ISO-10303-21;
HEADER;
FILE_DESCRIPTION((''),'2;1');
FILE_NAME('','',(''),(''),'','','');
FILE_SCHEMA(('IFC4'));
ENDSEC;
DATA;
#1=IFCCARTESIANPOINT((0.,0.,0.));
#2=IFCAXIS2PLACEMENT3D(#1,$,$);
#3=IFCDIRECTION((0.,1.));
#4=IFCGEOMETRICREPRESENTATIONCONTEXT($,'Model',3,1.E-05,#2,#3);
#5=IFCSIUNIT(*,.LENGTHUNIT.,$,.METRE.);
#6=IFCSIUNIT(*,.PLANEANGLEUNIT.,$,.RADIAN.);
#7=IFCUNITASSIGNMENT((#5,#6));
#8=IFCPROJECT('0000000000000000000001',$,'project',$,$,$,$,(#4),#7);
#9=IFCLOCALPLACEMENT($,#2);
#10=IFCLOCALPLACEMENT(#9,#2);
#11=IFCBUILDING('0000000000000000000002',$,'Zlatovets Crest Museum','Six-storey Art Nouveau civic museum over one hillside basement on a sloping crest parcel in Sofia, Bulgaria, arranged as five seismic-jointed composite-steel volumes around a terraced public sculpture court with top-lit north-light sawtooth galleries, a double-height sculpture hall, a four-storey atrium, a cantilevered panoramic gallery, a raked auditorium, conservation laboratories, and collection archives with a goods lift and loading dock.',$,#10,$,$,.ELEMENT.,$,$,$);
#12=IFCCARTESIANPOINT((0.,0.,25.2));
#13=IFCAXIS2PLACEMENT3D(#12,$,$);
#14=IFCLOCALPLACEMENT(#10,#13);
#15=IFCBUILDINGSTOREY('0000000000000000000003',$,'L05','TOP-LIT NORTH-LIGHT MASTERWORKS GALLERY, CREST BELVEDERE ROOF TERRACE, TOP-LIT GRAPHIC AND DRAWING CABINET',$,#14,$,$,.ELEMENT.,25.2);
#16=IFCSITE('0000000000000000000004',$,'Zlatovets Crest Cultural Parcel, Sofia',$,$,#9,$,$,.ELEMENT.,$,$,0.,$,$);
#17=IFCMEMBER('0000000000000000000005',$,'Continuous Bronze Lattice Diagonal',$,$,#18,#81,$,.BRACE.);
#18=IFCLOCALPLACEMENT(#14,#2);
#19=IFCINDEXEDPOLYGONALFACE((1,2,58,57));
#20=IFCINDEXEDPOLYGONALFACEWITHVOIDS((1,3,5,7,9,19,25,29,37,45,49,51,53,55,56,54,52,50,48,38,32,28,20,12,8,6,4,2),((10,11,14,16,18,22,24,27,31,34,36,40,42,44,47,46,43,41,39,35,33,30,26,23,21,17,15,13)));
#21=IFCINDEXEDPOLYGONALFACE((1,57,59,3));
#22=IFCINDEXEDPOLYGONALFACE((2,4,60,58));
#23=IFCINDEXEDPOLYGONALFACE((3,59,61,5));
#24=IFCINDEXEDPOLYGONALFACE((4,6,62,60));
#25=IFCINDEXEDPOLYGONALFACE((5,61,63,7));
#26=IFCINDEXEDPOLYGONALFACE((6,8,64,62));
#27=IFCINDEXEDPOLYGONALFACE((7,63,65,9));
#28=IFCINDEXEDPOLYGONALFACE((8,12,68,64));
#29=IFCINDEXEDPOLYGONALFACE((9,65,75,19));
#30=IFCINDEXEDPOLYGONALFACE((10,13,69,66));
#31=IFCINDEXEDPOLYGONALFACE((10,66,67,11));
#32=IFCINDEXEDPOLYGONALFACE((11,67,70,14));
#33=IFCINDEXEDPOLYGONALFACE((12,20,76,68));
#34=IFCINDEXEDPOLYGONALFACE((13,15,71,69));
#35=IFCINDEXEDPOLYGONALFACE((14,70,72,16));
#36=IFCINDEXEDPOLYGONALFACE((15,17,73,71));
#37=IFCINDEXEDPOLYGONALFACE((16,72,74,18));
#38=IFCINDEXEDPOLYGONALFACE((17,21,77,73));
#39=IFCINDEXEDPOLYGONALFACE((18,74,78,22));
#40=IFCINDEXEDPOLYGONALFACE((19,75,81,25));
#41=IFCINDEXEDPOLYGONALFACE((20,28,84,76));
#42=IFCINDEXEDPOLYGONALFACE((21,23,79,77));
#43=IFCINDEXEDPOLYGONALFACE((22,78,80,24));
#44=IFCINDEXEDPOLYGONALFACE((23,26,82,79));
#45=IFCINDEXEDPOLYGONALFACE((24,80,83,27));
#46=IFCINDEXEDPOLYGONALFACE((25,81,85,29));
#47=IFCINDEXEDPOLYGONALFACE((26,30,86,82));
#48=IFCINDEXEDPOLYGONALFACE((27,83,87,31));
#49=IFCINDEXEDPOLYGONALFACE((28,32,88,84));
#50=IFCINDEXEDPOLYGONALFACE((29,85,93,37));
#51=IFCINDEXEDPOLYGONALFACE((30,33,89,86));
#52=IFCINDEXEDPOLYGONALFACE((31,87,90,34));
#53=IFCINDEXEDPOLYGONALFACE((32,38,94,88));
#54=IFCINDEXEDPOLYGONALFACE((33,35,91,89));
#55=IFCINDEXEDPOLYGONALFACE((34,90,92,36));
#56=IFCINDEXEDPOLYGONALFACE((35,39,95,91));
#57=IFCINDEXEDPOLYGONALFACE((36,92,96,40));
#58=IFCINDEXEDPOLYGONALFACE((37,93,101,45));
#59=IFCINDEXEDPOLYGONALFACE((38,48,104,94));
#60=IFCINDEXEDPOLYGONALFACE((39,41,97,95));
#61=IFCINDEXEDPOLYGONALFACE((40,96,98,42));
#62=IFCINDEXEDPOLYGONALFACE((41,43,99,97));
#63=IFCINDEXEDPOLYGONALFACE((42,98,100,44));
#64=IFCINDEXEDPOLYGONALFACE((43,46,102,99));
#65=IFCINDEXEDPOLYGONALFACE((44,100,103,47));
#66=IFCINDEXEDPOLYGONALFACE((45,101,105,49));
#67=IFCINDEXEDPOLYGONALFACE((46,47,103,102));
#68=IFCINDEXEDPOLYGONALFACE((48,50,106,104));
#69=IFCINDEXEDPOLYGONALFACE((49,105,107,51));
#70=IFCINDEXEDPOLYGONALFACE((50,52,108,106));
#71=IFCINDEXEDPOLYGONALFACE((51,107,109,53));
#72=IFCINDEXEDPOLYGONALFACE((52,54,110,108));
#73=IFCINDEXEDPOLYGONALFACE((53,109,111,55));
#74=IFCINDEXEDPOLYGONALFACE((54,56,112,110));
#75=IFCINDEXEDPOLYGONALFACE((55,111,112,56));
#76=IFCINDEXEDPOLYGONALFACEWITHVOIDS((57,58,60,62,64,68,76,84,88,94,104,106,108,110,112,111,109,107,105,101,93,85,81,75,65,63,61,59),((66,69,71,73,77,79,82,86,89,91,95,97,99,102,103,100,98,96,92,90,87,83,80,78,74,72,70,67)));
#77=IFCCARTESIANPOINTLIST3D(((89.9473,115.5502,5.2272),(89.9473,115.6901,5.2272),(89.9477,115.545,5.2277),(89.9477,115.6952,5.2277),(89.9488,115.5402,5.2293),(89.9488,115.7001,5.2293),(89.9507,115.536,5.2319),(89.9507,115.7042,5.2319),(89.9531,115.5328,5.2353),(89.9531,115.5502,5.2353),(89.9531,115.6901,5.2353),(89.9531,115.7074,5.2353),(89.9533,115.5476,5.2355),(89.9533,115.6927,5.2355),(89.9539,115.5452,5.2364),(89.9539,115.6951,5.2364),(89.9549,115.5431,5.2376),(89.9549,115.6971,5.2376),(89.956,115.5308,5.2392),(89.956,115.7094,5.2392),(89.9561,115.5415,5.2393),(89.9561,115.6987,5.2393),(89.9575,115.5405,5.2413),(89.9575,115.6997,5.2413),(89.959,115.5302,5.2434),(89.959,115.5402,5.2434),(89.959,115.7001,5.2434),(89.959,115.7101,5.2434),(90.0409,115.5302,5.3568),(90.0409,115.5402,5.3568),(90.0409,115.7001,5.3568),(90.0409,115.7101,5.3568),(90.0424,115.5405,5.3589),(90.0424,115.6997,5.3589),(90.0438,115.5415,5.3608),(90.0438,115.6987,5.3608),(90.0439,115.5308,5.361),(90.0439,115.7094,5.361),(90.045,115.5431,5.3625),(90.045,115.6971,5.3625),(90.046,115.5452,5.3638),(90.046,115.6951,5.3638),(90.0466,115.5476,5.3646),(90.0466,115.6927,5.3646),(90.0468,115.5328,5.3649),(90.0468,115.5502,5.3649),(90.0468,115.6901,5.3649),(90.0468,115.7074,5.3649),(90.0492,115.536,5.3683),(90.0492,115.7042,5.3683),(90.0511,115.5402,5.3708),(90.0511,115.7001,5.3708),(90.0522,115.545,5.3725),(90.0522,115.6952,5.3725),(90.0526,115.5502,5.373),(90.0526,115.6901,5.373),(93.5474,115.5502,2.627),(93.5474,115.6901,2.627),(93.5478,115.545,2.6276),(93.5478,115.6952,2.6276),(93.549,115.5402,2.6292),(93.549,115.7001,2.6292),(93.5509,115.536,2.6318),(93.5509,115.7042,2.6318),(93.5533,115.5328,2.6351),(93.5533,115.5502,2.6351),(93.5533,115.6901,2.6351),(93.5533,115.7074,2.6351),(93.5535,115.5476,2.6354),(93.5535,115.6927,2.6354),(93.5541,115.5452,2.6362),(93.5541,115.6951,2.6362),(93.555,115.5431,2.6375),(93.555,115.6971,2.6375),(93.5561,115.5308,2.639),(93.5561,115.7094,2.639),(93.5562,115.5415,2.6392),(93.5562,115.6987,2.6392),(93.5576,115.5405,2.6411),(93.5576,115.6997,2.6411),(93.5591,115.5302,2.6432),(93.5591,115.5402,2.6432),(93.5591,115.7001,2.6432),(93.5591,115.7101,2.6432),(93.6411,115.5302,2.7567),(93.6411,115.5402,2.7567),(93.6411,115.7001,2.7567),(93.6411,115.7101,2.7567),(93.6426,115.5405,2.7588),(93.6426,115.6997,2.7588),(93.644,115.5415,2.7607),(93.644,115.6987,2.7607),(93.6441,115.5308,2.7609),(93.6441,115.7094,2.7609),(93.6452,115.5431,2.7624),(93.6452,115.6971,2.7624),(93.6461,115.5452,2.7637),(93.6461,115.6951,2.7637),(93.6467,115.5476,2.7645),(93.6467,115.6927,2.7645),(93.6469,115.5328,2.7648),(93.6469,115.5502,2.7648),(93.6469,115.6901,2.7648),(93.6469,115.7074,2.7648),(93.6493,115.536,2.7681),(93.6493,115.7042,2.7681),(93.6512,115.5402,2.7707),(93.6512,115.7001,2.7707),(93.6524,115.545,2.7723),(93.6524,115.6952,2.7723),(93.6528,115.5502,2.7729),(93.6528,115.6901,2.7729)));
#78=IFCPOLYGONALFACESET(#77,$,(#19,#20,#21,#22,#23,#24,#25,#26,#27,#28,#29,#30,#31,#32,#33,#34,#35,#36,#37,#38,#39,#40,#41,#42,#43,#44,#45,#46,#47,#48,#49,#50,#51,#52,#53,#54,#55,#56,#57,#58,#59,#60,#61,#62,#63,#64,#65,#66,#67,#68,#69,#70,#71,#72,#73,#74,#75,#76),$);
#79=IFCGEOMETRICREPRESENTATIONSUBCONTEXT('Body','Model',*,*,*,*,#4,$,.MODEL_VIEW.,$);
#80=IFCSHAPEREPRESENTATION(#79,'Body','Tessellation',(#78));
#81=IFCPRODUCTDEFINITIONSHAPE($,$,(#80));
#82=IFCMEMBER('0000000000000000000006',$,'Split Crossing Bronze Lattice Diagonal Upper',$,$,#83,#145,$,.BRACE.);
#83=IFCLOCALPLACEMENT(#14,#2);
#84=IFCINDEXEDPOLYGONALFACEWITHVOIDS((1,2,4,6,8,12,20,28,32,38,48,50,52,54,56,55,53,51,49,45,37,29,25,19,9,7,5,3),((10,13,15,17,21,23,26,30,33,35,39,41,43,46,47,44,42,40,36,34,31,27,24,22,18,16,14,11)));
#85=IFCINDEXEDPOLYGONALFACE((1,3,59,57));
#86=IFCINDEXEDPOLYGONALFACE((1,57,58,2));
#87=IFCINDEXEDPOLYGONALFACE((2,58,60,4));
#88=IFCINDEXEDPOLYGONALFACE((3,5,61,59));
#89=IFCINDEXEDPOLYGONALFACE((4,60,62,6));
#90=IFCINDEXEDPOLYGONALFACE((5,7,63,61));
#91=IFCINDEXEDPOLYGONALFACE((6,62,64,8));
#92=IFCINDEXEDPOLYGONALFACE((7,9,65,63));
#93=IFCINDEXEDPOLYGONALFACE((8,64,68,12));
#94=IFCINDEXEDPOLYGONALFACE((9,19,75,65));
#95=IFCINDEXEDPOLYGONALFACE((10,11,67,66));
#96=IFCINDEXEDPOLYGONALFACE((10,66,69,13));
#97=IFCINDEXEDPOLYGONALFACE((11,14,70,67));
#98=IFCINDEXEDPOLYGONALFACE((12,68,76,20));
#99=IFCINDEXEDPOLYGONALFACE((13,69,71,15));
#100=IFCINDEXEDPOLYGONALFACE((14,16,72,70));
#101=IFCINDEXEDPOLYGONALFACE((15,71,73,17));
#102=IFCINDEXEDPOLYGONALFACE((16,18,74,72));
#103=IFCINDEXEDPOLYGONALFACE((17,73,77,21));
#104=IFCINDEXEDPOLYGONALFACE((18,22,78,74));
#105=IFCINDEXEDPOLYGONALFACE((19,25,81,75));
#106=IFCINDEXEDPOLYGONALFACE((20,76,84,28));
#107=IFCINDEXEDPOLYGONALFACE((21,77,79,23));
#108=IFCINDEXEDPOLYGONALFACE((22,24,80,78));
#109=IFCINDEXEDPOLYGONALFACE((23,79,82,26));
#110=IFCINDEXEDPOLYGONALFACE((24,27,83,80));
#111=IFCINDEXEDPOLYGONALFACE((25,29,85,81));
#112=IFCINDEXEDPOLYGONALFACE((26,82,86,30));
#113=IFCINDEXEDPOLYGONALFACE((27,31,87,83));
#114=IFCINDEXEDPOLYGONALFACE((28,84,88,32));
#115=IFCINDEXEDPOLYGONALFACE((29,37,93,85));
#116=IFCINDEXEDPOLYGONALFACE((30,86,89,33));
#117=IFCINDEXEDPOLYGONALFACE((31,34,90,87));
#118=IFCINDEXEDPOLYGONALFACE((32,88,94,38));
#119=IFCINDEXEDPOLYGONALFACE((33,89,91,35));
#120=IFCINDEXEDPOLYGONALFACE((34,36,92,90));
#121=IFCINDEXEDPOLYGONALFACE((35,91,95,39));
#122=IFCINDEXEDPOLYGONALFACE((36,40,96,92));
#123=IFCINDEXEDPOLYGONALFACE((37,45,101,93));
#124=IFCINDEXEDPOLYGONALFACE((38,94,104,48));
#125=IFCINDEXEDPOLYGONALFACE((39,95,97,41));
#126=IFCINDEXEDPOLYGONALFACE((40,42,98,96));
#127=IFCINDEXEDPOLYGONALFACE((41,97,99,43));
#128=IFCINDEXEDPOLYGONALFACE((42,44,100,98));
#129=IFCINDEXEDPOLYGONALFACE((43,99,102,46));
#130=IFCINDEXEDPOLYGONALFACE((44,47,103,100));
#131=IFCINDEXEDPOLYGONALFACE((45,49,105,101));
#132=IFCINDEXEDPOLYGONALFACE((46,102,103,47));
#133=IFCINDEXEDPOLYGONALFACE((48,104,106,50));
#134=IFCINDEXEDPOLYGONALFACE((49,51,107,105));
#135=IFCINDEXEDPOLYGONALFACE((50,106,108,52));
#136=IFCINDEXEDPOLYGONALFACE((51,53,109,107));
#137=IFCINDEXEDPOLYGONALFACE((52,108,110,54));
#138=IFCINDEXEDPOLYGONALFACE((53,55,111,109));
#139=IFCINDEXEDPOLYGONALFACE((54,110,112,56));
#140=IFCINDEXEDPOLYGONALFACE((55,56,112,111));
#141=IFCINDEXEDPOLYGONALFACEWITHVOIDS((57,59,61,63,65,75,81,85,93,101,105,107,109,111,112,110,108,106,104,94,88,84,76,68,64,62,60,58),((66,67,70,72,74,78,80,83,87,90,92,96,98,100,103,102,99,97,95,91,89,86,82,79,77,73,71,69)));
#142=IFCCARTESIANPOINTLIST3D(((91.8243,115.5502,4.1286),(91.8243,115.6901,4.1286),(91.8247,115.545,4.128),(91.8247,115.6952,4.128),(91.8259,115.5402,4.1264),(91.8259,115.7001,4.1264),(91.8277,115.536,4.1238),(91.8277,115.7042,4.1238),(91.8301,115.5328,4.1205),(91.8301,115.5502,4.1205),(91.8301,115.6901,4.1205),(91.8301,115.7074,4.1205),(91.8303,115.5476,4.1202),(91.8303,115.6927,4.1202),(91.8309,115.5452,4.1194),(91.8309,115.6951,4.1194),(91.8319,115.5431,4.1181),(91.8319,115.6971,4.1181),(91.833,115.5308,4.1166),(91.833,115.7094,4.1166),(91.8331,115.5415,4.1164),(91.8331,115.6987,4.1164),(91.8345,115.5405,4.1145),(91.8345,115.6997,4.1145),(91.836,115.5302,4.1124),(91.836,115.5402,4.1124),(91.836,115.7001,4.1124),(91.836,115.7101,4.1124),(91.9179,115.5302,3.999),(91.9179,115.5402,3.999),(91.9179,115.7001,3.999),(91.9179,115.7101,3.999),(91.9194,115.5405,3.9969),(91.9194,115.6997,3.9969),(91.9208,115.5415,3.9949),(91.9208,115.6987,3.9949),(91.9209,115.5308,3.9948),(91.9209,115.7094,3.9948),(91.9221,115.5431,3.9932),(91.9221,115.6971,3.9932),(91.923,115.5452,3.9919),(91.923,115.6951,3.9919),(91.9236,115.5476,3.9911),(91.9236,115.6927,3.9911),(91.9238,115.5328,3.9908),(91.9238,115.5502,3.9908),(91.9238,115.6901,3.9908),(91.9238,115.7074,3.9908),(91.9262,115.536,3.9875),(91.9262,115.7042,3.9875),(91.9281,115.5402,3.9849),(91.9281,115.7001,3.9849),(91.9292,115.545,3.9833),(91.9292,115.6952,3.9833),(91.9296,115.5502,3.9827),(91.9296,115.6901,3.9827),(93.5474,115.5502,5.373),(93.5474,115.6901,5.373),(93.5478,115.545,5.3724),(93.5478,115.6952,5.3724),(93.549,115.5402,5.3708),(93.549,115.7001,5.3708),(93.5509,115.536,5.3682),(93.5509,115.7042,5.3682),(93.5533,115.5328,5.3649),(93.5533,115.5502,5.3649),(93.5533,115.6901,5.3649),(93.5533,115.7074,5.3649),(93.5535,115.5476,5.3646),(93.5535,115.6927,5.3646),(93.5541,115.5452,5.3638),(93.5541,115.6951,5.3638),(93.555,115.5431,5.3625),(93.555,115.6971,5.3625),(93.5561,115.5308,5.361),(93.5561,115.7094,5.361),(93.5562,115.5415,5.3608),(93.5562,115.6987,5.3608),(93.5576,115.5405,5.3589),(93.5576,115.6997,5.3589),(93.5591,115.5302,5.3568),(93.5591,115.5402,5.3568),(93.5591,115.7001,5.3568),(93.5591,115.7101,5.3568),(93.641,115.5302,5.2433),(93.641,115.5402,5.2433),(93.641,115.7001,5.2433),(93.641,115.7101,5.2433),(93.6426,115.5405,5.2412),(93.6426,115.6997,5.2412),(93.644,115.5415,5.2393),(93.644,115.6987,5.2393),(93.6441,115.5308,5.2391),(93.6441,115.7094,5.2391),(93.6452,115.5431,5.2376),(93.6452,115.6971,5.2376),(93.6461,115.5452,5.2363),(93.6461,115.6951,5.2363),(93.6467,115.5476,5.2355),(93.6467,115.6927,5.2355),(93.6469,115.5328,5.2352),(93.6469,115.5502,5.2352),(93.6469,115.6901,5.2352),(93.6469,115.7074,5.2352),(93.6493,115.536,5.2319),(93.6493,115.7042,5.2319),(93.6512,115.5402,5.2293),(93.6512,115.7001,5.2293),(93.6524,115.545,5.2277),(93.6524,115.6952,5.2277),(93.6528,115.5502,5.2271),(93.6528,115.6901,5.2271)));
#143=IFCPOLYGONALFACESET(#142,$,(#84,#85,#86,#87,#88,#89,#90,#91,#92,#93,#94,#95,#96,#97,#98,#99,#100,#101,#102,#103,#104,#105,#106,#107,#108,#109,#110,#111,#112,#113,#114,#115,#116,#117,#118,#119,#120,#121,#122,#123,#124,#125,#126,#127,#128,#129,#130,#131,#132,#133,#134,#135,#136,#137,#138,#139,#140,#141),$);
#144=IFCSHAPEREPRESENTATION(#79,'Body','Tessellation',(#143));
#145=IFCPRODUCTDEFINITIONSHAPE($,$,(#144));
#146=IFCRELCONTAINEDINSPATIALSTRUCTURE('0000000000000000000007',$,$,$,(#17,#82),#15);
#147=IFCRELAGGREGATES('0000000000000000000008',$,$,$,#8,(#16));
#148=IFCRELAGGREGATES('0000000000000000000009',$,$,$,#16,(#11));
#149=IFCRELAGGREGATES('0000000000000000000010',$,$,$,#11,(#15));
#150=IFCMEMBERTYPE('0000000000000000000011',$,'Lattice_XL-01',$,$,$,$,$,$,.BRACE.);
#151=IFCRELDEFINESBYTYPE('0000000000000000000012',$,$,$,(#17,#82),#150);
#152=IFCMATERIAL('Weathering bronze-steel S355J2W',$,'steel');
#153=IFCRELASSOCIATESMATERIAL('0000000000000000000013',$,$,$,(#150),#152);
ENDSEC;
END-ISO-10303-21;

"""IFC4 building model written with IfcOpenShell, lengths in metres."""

from ifc_helpers import new_model, si_unit, direction, frame, origin, origin_2d, place, context, subcontext, project, spatial, hollow_rectangle, extrude, material, material_profile, profile_set, type_object, element, save


model = new_model("IFC4")

# Units and contexts
model_context = context("Model", 3, precision=1e-05, world=origin(), true_north=direction((0.0, 1.0)))
body_context = subcontext(model_context, "Body", "Model", "MODEL_VIEW")
ifc_project = project(units=[si_unit("LENGTHUNIT", "METRE"), si_unit("PLANEANGLEUNIT", "RADIAN")], contexts=[model_context])

# Site, building, storey
site_placement = place(None, origin())
site = spatial("IfcSite", under=ifc_project, at=site_placement, Name="Zlatovets Crest Cultural Parcel, Sofia", CompositionType="ELEMENT", RefElevation=0.0)
building_placement = place(site_placement, origin())
building = spatial("IfcBuilding", under=site, at=building_placement, Name="Zlatovets Crest Museum", Description="Six-storey Art Nouveau civic museum over one hillside basement on a sloping crest parcel in Sofia, Bulgaria, arranged as five seismic-jointed composite-steel volumes around a terraced public sculpture court with top-lit north-light sawtooth galleries, a double-height sculpture hall, a four-storey atrium, a cantilevered panoramic gallery, a raked auditorium, conservation laboratories, and collection archives with a goods lift and loading dock.", CompositionType="ELEMENT")
storey_placement = place(building_placement, frame((0.0, 0.0, 25.2)))
storey = spatial("IfcBuildingStorey", under=building, at=storey_placement, Name="L05", Description="TOP-LIT NORTH-LIGHT MASTERWORKS GALLERY, CREST BELVEDERE ROOF TERRACE, TOP-LIT GRAPHIC AND DRAWING CABINET", CompositionType="ELEMENT", Elevation=25.2)

# Members
ifc_material_1 = material(Name="Weathering bronze-steel S355J2W", Category="steel")
ifc_material_profile_1 = material_profile(ifc_material_1, hollow_rectangle(XDim=0.1799, YDim=0.1799, WallThickness=0.01, InnerFilletRadius=0.01, OuterFilletRadius=0.02, at=origin_2d()), Name="SHS 180x180x10.0")
ifc_profile_set_1 = profile_set([ifc_material_profile_1], Name="Weathering bronze-steel S355J2W")
member_type_1 = type_object("IfcMemberType", Name="Lattice_XL-01", PredefinedType="BRACE", material=ifc_profile_set_1)
member_1_placement = place(storey_placement, frame((93.6001, 115.6201, 2.7), z_axis=(-0.810676, 0.0, 0.585495), x_axis=(0.0, -1.0, 0.0)))
element("IfcMember", 1, at=member_1_placement, inside=storey, type_object=member_type_1, Name="Continuous Bronze Lattice Diagonal", PredefinedType="BRACE", context=body_context, shape_type="SweptSolid", body=[
    extrude(hollow_rectangle(XDim=0.1799, YDim=0.1799, WallThickness=0.01, InnerFilletRadius=0.01, OuterFilletRadius=0.02, at=origin_2d()), origin(), (0.0, 0.0, 1.0), 4.4409),
])
member_2_placement = place(storey_placement, frame((93.6001, 115.6201, 5.3), z_axis=(-0.810703, 0.0, -0.585457), x_axis=(0.0, -1.0, 0.0)))
element("IfcMember", 2, at=member_2_placement, inside=storey, type_object=member_type_1, Name="Split Crossing Bronze Lattice Diagonal Upper", PredefinedType="BRACE", context=body_context, shape_type="SweptSolid", body=[
    extrude(hollow_rectangle(XDim=0.1799, YDim=0.1799, WallThickness=0.01, InnerFilletRadius=0.01, OuterFilletRadius=0.02, at=origin_2d()), origin(), (0.0, 0.0, 1.0), 2.1255),
])

save(model, "model.ifc")
